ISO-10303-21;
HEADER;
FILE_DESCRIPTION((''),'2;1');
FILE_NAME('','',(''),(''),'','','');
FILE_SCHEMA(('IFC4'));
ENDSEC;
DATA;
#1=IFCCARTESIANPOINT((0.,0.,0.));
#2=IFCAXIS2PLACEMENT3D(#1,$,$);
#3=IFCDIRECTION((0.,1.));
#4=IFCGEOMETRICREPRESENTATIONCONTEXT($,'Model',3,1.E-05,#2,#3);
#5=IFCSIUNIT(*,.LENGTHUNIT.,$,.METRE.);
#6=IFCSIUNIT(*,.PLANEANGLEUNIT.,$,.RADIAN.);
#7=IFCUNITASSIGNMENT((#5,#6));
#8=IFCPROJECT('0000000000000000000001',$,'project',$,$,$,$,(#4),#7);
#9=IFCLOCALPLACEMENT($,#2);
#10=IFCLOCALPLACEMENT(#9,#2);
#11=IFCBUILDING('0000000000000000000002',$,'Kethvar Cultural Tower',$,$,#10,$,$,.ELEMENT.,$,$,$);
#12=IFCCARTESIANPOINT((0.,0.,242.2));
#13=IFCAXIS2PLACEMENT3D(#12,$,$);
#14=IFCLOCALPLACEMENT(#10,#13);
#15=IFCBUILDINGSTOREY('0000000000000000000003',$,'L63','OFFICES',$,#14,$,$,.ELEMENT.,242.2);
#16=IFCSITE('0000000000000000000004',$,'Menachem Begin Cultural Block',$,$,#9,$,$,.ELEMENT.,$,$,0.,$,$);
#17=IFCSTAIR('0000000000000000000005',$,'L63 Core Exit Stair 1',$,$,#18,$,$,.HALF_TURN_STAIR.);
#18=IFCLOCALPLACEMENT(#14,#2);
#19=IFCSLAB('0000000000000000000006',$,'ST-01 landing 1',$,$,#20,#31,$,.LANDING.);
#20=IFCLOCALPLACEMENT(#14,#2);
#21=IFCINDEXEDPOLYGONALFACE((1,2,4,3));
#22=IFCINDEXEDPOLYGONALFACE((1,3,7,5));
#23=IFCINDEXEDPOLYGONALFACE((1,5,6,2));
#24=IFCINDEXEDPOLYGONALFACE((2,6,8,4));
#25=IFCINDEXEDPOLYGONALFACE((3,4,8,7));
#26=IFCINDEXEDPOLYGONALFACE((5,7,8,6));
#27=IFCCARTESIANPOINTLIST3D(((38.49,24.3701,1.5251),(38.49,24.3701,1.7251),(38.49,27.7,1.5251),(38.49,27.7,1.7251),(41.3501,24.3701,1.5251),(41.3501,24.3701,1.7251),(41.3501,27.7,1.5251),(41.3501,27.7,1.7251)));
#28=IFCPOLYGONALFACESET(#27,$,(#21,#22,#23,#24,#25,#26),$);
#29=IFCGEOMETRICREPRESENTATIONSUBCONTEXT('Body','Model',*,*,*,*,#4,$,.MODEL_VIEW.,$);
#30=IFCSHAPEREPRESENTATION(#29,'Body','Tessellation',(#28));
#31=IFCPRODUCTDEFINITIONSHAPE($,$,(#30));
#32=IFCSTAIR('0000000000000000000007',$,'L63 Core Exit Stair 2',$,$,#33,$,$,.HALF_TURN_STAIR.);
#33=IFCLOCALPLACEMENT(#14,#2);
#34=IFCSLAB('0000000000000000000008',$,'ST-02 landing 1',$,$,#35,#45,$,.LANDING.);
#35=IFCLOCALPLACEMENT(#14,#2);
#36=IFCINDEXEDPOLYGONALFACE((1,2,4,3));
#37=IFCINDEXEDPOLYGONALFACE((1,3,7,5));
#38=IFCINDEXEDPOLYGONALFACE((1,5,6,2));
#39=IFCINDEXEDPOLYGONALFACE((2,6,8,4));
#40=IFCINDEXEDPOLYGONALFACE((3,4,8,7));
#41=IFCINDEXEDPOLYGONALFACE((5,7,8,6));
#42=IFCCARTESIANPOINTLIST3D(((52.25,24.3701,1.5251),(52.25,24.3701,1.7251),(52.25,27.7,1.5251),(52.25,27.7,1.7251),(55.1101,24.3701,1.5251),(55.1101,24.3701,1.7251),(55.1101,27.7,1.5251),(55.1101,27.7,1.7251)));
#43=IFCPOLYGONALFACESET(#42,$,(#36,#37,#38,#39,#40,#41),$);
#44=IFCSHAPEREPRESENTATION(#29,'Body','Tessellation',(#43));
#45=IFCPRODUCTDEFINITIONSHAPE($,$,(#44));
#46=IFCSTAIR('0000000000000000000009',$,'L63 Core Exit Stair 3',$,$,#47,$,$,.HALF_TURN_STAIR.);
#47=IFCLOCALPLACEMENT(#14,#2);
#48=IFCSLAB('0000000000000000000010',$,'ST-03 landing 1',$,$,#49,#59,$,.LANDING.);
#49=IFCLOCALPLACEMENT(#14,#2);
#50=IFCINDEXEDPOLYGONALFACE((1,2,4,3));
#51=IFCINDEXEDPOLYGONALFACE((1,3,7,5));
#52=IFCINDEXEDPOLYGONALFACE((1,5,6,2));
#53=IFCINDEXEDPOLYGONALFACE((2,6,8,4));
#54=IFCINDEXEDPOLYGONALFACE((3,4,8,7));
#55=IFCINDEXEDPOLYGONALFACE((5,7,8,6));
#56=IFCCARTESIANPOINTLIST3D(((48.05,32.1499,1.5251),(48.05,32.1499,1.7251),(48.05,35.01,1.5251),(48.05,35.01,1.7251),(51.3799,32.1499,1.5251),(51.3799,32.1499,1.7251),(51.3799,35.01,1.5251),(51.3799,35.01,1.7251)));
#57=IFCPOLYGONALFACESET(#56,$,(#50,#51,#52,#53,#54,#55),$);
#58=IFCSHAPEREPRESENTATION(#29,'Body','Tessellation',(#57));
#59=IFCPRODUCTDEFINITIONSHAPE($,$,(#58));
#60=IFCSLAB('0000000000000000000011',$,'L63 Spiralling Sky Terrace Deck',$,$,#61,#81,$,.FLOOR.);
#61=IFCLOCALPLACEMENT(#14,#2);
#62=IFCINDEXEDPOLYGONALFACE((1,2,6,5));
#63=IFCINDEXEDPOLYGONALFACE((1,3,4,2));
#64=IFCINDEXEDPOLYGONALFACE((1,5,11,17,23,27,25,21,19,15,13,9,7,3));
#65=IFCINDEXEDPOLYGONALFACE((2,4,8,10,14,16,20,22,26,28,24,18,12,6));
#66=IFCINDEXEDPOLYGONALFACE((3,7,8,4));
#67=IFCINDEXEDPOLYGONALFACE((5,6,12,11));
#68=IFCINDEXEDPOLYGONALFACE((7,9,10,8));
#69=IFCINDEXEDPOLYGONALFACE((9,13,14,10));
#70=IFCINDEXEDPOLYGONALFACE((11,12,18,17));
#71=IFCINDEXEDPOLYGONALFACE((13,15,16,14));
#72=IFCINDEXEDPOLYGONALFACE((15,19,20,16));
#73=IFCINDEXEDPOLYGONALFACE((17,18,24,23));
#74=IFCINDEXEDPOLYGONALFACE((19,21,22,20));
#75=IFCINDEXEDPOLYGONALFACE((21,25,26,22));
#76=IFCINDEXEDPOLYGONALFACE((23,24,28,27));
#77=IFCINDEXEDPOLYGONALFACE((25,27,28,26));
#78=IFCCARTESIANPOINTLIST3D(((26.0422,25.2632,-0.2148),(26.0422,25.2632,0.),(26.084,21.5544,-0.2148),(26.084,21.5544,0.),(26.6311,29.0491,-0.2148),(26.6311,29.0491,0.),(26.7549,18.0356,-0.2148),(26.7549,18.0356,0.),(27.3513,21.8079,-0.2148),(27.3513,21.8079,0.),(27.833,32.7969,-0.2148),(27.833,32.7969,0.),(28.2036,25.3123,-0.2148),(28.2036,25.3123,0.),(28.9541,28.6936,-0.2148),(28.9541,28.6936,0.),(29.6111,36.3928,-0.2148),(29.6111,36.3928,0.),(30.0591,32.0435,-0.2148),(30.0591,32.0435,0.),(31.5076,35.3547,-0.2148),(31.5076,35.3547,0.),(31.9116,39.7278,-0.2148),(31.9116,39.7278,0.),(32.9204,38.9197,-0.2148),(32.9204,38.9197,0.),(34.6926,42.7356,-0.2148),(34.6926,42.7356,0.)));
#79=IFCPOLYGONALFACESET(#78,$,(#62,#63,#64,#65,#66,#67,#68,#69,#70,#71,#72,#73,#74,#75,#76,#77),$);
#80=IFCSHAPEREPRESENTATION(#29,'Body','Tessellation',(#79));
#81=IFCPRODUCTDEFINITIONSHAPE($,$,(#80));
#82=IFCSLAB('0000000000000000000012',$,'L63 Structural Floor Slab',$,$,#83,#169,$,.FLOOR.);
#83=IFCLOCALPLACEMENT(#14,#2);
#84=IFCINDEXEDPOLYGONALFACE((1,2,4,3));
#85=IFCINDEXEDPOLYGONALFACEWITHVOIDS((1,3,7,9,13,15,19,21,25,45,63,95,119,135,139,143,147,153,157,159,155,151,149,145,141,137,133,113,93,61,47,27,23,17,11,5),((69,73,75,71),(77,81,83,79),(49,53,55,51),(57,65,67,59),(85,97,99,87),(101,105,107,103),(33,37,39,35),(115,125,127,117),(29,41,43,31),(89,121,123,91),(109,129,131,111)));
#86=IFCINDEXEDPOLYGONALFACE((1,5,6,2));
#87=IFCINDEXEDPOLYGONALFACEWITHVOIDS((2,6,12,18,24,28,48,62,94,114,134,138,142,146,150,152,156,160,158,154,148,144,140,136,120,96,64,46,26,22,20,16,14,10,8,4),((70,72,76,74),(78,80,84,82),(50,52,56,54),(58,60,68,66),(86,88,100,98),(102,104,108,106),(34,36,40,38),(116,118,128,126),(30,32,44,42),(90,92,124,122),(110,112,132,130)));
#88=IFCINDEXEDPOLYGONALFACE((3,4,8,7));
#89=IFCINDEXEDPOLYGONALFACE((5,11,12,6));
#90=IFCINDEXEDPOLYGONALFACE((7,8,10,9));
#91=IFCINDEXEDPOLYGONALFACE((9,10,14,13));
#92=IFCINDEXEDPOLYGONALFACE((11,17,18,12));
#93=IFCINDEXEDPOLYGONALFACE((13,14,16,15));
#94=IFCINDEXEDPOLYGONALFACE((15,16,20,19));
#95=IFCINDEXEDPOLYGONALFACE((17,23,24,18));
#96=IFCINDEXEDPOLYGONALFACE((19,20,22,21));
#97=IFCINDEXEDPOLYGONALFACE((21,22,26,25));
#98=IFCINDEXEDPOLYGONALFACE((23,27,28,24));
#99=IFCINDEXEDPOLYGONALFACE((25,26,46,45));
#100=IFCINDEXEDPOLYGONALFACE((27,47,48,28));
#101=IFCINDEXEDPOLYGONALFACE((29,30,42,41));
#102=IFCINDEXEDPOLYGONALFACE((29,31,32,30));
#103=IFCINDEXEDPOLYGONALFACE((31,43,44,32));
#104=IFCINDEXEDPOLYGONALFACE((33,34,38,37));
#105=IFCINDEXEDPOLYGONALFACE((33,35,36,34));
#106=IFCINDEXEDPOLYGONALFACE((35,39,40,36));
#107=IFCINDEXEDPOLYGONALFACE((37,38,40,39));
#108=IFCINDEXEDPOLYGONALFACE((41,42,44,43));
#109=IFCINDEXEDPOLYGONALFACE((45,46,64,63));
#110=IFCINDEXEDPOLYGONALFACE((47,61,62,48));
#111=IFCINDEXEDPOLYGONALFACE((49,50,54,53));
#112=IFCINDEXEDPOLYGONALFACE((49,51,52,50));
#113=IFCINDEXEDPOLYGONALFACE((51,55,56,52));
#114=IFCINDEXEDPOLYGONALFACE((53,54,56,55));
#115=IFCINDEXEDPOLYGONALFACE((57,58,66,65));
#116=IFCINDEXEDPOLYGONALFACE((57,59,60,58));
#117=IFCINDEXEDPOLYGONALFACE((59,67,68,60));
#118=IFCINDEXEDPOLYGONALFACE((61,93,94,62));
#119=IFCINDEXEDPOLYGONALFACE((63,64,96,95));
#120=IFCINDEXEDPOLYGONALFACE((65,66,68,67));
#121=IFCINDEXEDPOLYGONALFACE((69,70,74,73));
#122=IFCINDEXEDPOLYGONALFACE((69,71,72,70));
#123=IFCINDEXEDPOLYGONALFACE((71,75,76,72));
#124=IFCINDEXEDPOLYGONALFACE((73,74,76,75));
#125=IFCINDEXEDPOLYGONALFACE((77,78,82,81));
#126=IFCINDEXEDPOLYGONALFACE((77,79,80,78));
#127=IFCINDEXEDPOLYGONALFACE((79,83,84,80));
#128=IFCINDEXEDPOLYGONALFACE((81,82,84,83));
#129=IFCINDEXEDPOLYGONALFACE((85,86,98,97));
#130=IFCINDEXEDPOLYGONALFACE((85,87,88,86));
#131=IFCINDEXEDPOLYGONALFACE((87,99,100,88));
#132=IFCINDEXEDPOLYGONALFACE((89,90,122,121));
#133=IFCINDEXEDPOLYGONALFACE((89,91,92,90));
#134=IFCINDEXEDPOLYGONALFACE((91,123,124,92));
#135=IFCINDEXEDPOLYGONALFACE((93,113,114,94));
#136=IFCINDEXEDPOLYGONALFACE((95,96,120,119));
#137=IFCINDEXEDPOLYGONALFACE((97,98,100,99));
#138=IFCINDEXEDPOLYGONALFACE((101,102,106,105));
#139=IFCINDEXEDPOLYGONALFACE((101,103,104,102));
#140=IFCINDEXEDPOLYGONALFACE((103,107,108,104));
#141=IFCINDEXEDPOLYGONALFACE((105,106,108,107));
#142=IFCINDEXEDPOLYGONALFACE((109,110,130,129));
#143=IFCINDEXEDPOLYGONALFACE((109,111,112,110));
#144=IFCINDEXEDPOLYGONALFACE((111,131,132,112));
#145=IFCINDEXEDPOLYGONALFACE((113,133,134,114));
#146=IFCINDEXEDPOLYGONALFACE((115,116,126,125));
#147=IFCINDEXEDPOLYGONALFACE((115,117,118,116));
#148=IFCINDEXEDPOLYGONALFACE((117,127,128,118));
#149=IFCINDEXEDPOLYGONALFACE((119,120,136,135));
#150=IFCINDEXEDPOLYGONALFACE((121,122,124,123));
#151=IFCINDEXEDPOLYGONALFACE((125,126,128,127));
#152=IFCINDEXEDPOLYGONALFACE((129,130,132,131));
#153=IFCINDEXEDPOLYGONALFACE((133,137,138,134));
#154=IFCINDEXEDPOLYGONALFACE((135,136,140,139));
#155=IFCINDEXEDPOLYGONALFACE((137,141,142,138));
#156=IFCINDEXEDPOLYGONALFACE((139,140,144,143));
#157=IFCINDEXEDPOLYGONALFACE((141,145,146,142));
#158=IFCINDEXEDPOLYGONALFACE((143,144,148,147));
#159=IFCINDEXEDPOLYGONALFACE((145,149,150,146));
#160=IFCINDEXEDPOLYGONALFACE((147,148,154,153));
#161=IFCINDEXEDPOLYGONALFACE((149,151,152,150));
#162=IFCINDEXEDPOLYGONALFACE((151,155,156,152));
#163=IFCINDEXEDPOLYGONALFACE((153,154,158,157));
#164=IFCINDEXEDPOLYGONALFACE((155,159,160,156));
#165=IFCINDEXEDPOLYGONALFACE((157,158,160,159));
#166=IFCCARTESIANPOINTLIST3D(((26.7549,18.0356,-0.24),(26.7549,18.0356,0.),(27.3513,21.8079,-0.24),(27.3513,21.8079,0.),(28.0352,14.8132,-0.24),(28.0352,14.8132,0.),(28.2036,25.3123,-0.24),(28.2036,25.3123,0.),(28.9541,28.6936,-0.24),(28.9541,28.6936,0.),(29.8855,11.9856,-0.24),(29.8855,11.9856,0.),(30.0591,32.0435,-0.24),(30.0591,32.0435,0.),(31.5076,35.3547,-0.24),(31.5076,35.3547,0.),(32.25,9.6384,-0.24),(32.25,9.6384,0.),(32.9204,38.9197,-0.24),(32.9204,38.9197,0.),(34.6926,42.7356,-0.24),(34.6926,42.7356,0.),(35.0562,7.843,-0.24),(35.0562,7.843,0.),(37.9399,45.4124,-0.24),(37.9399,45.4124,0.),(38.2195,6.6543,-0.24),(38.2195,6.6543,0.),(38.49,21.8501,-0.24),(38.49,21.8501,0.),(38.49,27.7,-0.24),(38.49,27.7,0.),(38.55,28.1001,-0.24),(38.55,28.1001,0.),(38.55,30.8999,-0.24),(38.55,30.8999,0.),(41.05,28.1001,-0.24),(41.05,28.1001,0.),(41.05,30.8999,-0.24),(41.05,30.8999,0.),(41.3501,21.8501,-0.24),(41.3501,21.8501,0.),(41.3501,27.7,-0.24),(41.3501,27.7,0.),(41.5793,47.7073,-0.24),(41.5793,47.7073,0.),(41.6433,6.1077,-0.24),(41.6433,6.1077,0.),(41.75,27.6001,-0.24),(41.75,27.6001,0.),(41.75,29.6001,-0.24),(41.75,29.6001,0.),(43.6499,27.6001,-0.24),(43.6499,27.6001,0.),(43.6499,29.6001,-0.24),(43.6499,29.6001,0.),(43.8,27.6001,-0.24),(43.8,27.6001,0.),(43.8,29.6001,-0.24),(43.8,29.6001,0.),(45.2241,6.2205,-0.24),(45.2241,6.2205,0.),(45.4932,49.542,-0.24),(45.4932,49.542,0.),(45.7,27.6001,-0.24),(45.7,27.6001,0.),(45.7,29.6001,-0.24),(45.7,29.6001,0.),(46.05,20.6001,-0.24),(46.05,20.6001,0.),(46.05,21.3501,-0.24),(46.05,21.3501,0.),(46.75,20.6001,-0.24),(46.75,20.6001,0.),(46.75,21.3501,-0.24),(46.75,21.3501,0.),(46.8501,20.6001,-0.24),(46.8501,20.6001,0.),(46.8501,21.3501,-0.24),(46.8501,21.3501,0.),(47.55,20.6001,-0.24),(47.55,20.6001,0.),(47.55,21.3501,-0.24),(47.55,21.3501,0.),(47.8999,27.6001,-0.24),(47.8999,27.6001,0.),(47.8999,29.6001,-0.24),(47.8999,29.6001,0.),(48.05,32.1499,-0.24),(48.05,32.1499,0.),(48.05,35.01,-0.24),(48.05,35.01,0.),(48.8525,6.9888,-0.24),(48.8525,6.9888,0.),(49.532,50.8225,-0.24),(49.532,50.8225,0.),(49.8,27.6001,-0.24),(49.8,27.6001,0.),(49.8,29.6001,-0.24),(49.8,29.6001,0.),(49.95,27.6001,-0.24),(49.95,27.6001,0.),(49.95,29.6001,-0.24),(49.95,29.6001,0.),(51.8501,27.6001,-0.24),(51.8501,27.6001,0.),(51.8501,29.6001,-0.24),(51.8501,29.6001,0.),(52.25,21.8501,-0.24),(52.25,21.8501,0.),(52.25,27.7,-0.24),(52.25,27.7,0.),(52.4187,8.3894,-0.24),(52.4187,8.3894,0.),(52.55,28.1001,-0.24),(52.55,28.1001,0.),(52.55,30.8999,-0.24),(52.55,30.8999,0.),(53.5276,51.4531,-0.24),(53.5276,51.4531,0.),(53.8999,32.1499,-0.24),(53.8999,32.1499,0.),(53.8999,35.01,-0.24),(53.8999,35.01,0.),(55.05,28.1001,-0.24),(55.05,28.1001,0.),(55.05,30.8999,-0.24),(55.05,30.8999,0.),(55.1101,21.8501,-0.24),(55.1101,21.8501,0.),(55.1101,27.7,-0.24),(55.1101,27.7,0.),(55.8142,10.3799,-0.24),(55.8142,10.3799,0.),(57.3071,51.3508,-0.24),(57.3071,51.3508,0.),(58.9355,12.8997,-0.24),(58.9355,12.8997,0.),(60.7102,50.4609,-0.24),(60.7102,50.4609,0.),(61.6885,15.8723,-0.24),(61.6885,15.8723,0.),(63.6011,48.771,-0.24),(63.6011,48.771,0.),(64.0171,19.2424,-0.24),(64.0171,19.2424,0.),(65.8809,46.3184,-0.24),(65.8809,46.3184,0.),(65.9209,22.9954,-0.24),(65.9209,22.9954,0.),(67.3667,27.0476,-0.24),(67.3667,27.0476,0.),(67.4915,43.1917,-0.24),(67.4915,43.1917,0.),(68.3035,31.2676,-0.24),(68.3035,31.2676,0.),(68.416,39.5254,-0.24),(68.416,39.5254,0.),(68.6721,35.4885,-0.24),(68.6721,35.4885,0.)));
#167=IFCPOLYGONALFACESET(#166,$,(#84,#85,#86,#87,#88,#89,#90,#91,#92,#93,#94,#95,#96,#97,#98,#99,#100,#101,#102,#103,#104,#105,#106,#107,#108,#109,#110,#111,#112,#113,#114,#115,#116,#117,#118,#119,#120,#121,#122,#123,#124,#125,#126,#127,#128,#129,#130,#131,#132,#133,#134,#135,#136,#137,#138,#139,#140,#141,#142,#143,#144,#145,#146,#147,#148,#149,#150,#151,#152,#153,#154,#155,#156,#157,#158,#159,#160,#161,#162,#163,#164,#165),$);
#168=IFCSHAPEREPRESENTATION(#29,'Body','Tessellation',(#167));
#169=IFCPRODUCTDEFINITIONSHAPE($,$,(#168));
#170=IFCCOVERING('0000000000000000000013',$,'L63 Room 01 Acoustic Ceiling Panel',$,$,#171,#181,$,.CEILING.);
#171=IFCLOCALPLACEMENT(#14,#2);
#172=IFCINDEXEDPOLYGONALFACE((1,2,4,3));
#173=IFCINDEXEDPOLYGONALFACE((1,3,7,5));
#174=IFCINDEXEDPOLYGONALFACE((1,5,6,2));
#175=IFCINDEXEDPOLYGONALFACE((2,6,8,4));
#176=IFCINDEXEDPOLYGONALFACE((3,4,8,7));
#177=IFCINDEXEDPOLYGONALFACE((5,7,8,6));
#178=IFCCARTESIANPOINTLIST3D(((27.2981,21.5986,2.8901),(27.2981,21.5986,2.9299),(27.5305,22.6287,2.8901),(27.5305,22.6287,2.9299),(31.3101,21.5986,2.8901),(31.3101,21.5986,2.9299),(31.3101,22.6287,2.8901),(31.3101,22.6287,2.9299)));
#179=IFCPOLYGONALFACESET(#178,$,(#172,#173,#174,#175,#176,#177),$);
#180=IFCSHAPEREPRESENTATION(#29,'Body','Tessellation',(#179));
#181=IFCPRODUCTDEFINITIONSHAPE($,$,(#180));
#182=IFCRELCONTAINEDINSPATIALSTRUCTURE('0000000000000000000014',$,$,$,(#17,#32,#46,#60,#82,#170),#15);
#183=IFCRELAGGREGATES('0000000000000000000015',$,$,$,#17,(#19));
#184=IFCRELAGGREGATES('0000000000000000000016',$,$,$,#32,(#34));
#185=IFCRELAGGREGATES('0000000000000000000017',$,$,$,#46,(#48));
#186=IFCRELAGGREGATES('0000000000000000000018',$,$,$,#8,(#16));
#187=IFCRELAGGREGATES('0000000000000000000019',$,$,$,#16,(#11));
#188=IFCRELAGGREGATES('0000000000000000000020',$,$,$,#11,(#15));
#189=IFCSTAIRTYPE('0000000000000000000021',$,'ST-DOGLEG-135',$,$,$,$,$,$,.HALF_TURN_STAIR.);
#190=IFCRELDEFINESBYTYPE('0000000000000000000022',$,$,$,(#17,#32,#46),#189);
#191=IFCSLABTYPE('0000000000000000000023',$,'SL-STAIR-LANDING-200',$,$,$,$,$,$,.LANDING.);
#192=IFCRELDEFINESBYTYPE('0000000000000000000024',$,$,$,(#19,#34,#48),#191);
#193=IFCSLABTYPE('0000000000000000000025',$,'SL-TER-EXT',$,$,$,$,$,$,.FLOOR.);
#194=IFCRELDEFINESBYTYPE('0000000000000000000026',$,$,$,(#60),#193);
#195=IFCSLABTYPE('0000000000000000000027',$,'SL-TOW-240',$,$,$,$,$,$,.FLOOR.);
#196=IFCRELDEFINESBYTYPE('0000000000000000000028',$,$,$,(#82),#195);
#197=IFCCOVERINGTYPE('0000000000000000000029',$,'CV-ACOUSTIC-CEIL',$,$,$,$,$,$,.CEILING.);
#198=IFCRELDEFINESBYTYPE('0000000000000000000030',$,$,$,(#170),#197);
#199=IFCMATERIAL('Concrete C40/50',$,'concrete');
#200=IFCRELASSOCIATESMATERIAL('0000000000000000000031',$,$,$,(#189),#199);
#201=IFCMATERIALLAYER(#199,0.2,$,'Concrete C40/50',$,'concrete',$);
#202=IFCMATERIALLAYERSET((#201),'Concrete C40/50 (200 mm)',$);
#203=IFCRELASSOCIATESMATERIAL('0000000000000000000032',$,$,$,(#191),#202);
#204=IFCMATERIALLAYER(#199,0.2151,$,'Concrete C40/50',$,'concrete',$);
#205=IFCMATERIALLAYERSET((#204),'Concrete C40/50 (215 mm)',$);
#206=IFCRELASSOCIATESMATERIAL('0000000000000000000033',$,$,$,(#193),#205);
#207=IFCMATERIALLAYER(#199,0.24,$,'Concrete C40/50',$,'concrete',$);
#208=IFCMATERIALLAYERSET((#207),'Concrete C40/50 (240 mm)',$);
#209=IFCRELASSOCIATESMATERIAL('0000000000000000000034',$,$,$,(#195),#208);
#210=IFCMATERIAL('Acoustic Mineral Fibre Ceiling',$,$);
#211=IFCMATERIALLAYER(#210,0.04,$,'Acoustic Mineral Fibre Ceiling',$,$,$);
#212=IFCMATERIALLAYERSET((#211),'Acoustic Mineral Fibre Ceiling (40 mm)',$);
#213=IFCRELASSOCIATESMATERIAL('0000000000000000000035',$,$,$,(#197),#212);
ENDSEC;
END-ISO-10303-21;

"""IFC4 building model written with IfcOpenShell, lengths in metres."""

from ifc_helpers import new_model, si_unit, direction, frame, origin, place, context, subcontext, project, spatial, polyline, outline, extrude, material, layer, layer_set, type_object, element, aggregate, save


model = new_model("IFC4")

# Units and contexts
model_context = context("Model", 3, precision=1e-05, world=origin(), true_north=direction((0.0, 1.0)))
body_context = subcontext(model_context, "Body", "Model", "MODEL_VIEW")
ifc_project = project(units=[si_unit("LENGTHUNIT", "METRE"), si_unit("PLANEANGLEUNIT", "RADIAN")], contexts=[model_context])

# Site, building, storey
site_placement = place(None, origin())
site = spatial("IfcSite", under=ifc_project, at=site_placement, Name="Menachem Begin Cultural Block", CompositionType="ELEMENT", RefElevation=0.0)
building_placement = place(site_placement, origin())
building = spatial("IfcBuilding", under=site, at=building_placement, Name="Kethvar Cultural Tower", CompositionType="ELEMENT")
storey_placement = place(building_placement, frame((0.0, 0.0, 242.2)))
storey = spatial("IfcBuildingStorey", under=building, at=storey_placement, Name="L63", Description="OFFICES", CompositionType="ELEMENT", Elevation=242.2)

# Stairs, slabs
ifc_material_1 = material(Name="Concrete C40/50", Category="concrete")
stair_type = type_object("IfcStairType", Name="ST-DOGLEG-135", PredefinedType="HALF_TURN_STAIR", material=ifc_material_1)
stair_1_placement = place(storey_placement, origin())
stair_1 = element("IfcStair", 1, at=stair_1_placement, inside=storey, type_object=stair_type, Name="L63 Core Exit Stair 1", PredefinedType="HALF_TURN_STAIR")
ifc_layer_1 = layer(ifc_material_1, 0.2, Name="Concrete C40/50", Category="concrete")
ifc_layer_set_1 = layer_set([ifc_layer_1], Name="Concrete C40/50 (200 mm)")
slab_type_1 = type_object("IfcSlabType", Name="SL-STAIR-LANDING-200", PredefinedType="LANDING", material=ifc_layer_set_1)
slab_1_placement = place(storey_placement, frame((0.0, 0.0, 1.5251)))
slab_1 = element("IfcSlab", 2, at=slab_1_placement, type_object=slab_type_1, Name="ST-01 landing 1", PredefinedType="LANDING", context=body_context, shape_type="SweptSolid", body=[
    extrude(outline(polyline([(41.3501, 24.3701), (41.3501, 27.7), (38.49, 27.7), (38.49, 24.3701), (41.3501, 24.3701)])), origin(), (0.0, 0.0, 1.0), 0.2),
])
aggregate(stair_1, [slab_1])
stair_2_placement = place(storey_placement, origin())
stair_2 = element("IfcStair", 3, at=stair_2_placement, inside=storey, type_object=stair_type, Name="L63 Core Exit Stair 2", PredefinedType="HALF_TURN_STAIR")
slab_2_placement = place(storey_placement, frame((0.0, 0.0, 1.5251)))
slab_2 = element("IfcSlab", 4, at=slab_2_placement, type_object=slab_type_1, Name="ST-02 landing 1", PredefinedType="LANDING", context=body_context, shape_type="SweptSolid", body=[
    extrude(outline(polyline([(55.1101, 24.3701), (55.1101, 27.7), (52.25, 27.7), (52.25, 24.3701), (55.1101, 24.3701)])), origin(), (0.0, 0.0, 1.0), 0.2),
])
aggregate(stair_2, [slab_2])
stair_3_placement = place(storey_placement, origin())
stair_3 = element("IfcStair", 5, at=stair_3_placement, inside=storey, type_object=stair_type, Name="L63 Core Exit Stair 3", PredefinedType="HALF_TURN_STAIR")
slab_3_placement = place(storey_placement, frame((0.0, 0.0, 1.5251)))
slab_3 = element("IfcSlab", 6, at=slab_3_placement, type_object=slab_type_1, Name="ST-03 landing 1", PredefinedType="LANDING", context=body_context, shape_type="SweptSolid", body=[
    extrude(outline(polyline([(51.3799, 35.01), (48.05, 35.01), (48.05, 32.1499), (51.3799, 32.1499), (51.3799, 35.01)])), origin(), (0.0, 0.0, 1.0), 0.2),
])
aggregate(stair_3, [slab_3])

# Slabs
ifc_layer_2 = layer(ifc_material_1, 0.2151, Name="Concrete C40/50", Category="concrete")
ifc_layer_set_2 = layer_set([ifc_layer_2], Name="Concrete C40/50 (215 mm)")
slab_type_2 = type_object("IfcSlabType", Name="SL-TER-EXT", PredefinedType="FLOOR", material=ifc_layer_set_2)
slab_4_placement = place(storey_placement, frame((0.0, 0.0, -0.2148)))
element("IfcSlab", 7, at=slab_4_placement, inside=storey, type_object=slab_type_2, Name="L63 Spiralling Sky Terrace Deck", PredefinedType="FLOOR", context=body_context, shape_type="SweptSolid", body=[
    extrude(outline(polyline([(34.6926, 42.7356), (31.9116, 39.7278), (29.6111, 36.3928), (27.833, 32.7969), (26.6311, 29.0491), (26.0422, 25.2632), (26.084, 21.5544), (26.7549, 18.0356), (27.3513, 21.8079), (28.2036, 25.3123), (28.9541, 28.6936), (30.0591, 32.0435), (31.5076, 35.3547), (32.9204, 38.9197), (34.6926, 42.7356)])), origin(), (0.0, 0.0, 1.0), 0.2148),
])
ifc_layer_3 = layer(ifc_material_1, 0.24, Name="Concrete C40/50", Category="concrete")
ifc_layer_set_3 = layer_set([ifc_layer_3], Name="Concrete C40/50 (240 mm)")
slab_type_3 = type_object("IfcSlabType", Name="SL-TOW-240", PredefinedType="FLOOR", material=ifc_layer_set_3)
slab_5_placement = place(storey_placement, frame((0.0, 0.0, -0.24)))
element("IfcSlab", 8, at=slab_5_placement, inside=storey, type_object=slab_type_3, Name="L63 Structural Floor Slab", PredefinedType="FLOOR", context=body_context, shape_type="SweptSolid", body=[
    extrude(outline(polyline([(63.6011, 48.771), (60.7102, 50.4609), (57.3071, 51.3508), (53.5276, 51.4531), (49.532, 50.8225), (45.4932, 49.542), (41.5793, 47.7073), (37.9399, 45.4124), (34.6926, 42.7356), (32.9204, 38.9197), (31.5076, 35.3547), (30.0591, 32.0435), (28.9541, 28.6936), (28.2036, 25.3123), (27.3513, 21.8079), (26.7549, 18.0356), (28.0352, 14.8132), (29.8855, 11.9856), (32.25, 9.6384), (35.0562, 7.843), (38.2195, 6.6543), (41.6433, 6.1077), (45.2241, 6.2205), (48.8525, 6.9888), (52.4187, 8.3894), (55.8142, 10.3799), (58.9355, 12.8997), (61.6885, 15.8723), (64.0171, 19.2424), (65.9209, 22.9954), (67.3667, 27.0476), (68.3035, 31.2676), (68.6721, 35.4885), (68.416, 39.5254), (67.4915, 43.1917), (65.8809, 46.3184), (63.6011, 48.771)]), holes=[polyline([(38.49, 21.8501), (38.49, 27.7), (41.3501, 27.7), (41.3501, 21.8501), (38.49, 21.8501)]), polyline([(52.25, 21.8501), (52.25, 27.7), (55.1101, 27.7), (55.1101, 21.8501), (52.25, 21.8501)]), polyline([(53.8999, 32.1499), (48.05, 32.1499), (48.05, 35.01), (53.8999, 35.01), (53.8999, 32.1499)]), polyline([(41.75, 29.6001), (43.6499, 29.6001), (43.6499, 27.6001), (41.75, 27.6001), (41.75, 29.6001)]), polyline([(43.8, 29.6001), (45.7, 29.6001), (45.7, 27.6001), (43.8, 27.6001), (43.8, 29.6001)]), polyline([(47.8999, 29.6001), (49.8, 29.6001), (49.8, 27.6001), (47.8999, 27.6001), (47.8999, 29.6001)]), polyline([(49.95, 29.6001), (51.8501, 29.6001), (51.8501, 27.6001), (49.95, 27.6001), (49.95, 29.6001)]), polyline([(38.55, 30.8999), (41.05, 30.8999), (41.05, 28.1001), (38.55, 28.1001), (38.55, 30.8999)]), polyline([(52.55, 30.8999), (55.05, 30.8999), (55.05, 28.1001), (52.55, 28.1001), (52.55, 30.8999)]), polyline([(46.05, 21.3501), (46.75, 21.3501), (46.75, 20.6001), (46.05, 20.6001), (46.05, 21.3501)]), polyline([(46.8501, 21.3501), (47.55, 21.3501), (47.55, 20.6001), (46.8501, 20.6001), (46.8501, 21.3501)])]), origin(), (0.0, 0.0, 1.0), 0.24),
])

# Covering
ifc_material_2 = material(Name="Acoustic Mineral Fibre Ceiling")
ifc_layer_4 = layer(ifc_material_2, 0.04, Name="Acoustic Mineral Fibre Ceiling")
ifc_layer_set_4 = layer_set([ifc_layer_4], Name="Acoustic Mineral Fibre Ceiling (40 mm)")
covering_type_1 = type_object("IfcCoveringType", Name="CV-ACOUSTIC-CEIL", PredefinedType="CEILING", material=ifc_layer_set_4)
covering_1_placement = place(storey_placement, frame((0.0, 0.0, 2.8901)))
element("IfcCovering", 9, at=covering_1_placement, inside=storey, type_object=covering_type_1, Name="L63 Room 01 Acoustic Ceiling Panel", PredefinedType="CEILING", context=body_context, shape_type="SweptSolid", body=[
    extrude(outline(polyline([(27.2981, 21.5986), (27.5305, 22.6287), (31.3101, 22.6287), (31.3101, 21.5986), (27.2981, 21.5986)])), origin(), (0.0, 0.0, 1.0), 0.0398),
])

save(model, "model.ifc")
